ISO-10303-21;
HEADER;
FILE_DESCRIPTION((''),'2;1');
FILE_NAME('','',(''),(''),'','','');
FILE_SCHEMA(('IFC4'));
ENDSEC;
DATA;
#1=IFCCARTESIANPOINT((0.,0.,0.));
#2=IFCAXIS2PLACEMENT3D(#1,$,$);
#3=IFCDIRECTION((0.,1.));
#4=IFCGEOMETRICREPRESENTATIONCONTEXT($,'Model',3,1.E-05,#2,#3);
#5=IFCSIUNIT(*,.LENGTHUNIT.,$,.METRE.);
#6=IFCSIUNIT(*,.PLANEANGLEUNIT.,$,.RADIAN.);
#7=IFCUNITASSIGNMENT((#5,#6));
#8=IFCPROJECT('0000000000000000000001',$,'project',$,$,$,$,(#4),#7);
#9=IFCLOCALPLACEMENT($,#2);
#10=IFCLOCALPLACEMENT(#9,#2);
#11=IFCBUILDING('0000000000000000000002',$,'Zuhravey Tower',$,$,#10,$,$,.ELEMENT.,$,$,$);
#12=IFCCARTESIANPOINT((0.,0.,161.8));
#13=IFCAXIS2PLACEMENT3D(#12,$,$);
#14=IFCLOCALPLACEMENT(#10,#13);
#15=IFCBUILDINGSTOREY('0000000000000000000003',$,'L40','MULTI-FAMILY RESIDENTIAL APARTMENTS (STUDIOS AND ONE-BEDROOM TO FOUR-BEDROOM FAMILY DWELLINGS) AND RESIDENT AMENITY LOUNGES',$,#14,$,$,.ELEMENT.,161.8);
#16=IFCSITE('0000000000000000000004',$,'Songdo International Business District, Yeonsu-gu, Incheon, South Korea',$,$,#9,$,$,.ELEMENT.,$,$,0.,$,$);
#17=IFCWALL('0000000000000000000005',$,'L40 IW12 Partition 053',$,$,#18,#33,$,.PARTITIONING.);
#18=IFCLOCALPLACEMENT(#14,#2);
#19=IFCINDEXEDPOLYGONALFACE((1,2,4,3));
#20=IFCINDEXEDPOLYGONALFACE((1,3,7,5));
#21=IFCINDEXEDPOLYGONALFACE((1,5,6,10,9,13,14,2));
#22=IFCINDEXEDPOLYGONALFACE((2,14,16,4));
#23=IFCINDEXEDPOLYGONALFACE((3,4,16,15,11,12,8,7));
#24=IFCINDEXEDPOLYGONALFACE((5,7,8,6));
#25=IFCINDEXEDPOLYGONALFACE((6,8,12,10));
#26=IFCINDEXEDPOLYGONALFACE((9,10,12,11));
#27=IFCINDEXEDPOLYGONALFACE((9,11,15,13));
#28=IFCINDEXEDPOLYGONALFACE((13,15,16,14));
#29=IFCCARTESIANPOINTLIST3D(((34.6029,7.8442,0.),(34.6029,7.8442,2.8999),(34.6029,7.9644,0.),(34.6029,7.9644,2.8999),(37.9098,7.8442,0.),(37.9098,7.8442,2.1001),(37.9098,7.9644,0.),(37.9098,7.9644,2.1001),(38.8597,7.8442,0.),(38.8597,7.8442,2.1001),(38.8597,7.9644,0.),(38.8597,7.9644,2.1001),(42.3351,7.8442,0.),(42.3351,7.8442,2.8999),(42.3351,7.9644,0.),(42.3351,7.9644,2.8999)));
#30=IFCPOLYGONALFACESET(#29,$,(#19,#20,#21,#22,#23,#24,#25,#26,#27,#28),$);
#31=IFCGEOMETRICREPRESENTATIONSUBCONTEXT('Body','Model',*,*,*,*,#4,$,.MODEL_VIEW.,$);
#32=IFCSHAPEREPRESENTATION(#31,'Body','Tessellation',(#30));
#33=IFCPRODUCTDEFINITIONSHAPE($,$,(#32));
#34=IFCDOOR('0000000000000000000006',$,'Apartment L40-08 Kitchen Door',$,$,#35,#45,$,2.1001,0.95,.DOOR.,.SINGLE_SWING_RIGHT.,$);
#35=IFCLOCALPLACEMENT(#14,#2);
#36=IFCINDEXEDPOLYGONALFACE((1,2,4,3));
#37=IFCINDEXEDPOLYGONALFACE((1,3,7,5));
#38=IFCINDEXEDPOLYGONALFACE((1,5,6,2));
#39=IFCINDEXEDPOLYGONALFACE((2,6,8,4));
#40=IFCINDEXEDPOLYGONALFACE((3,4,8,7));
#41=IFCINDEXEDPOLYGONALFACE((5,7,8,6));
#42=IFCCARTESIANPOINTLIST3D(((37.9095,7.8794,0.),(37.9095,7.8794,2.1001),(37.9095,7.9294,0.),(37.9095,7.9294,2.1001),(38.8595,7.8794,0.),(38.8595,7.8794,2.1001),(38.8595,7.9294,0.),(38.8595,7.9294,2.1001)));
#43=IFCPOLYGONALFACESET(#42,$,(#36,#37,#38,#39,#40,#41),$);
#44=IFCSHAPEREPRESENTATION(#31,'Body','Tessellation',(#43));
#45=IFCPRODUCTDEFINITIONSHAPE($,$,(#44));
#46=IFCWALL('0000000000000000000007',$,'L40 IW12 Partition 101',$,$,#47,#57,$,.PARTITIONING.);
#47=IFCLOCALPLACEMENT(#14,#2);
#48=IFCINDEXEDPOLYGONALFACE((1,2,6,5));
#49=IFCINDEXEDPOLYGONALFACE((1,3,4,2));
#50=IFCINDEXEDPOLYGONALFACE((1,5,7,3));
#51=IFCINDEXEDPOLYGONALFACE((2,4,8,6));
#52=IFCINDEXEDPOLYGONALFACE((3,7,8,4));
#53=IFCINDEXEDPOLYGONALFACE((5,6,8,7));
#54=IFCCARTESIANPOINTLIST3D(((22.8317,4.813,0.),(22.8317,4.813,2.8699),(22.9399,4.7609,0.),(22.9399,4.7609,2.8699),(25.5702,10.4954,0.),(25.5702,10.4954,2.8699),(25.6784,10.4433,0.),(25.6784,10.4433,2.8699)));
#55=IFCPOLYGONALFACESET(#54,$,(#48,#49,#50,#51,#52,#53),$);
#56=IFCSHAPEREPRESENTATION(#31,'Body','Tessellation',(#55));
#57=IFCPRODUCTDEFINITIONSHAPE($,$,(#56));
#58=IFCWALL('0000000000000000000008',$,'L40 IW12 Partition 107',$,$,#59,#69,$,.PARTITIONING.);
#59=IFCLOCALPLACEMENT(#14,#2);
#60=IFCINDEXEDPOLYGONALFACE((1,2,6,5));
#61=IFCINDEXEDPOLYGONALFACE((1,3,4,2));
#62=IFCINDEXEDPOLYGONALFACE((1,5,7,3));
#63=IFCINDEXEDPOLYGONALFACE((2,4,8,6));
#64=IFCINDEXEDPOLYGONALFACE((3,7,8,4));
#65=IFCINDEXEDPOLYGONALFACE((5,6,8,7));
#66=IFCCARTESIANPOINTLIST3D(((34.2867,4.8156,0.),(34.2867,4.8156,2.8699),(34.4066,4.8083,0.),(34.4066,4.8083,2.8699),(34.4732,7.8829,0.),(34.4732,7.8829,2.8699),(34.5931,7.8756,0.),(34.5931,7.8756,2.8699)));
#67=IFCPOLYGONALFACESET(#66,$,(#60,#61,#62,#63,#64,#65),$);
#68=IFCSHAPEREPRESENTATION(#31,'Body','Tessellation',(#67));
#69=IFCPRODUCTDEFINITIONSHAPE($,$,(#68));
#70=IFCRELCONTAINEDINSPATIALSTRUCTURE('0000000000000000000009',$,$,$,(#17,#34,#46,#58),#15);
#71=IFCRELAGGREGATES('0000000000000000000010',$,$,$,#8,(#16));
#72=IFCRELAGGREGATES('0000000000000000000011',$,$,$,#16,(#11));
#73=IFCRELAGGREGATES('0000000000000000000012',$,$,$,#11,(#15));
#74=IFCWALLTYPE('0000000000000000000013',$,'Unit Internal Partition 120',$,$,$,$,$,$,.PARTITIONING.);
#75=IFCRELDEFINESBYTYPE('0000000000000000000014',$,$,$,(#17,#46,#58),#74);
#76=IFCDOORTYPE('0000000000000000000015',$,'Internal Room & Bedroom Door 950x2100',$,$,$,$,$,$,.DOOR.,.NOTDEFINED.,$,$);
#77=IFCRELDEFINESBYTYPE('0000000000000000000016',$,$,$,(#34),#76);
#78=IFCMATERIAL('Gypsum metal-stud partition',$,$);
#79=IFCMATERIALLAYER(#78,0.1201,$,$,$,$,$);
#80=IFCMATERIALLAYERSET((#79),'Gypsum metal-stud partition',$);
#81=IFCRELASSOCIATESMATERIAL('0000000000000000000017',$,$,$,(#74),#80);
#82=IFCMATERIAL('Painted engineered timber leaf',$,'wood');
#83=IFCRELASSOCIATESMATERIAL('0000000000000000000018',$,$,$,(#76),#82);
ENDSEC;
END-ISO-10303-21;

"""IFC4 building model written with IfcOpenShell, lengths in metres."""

from ifc_helpers import new_model, si_unit, direction, frame, frame_2d, origin, place, context, subcontext, project, spatial, rectangle, extrude, material, layer, layer_set, type_object, element, fill, save


model = new_model("IFC4")

# Units and contexts
model_context = context("Model", 3, precision=1e-05, world=origin(), true_north=direction((0.0, 1.0)))
body_context = subcontext(model_context, "Body", "Model", "MODEL_VIEW")
ifc_project = project(units=[si_unit("LENGTHUNIT", "METRE"), si_unit("PLANEANGLEUNIT", "RADIAN")], contexts=[model_context])

# Site, building, storey
site_placement = place(None, origin())
site = spatial("IfcSite", under=ifc_project, at=site_placement, Name="Songdo International Business District, Yeonsu-gu, Incheon, South Korea", CompositionType="ELEMENT", RefElevation=0.0)
building_placement = place(site_placement, origin())
building = spatial("IfcBuilding", under=site, at=building_placement, Name="Zuhravey Tower", CompositionType="ELEMENT")
storey_placement = place(building_placement, frame((0.0, 0.0, 161.8)))
storey = spatial("IfcBuildingStorey", under=building, at=storey_placement, Name="L40", Description="MULTI-FAMILY RESIDENTIAL APARTMENTS (STUDIOS AND ONE-BEDROOM TO FOUR-BEDROOM FAMILY DWELLINGS) AND RESIDENT AMENITY LOUNGES", CompositionType="ELEMENT", Elevation=161.8)

# Shared definitions
ifc_material_1 = material(Name="Gypsum metal-stud partition")
ifc_layer_1 = layer(ifc_material_1, 0.1201)
ifc_layer_set_1 = layer_set([ifc_layer_1], Name="Gypsum metal-stud partition")
wall_type_1 = type_object("IfcWallType", Name="Unit Internal Partition 120", PredefinedType="PARTITIONING", material=ifc_layer_set_1)
ifc_material_2 = material(Name="Painted engineered timber leaf", Category="wood")
door_type_1 = type_object("IfcDoorType", Name="Internal Room & Bedroom Door 950x2100", OperationType="NOTDEFINED", PredefinedType="DOOR", material=ifc_material_2)

# Wall, opening, door
wall_1_placement = place(storey_placement, frame((34.6028, 7.9043, 0.0), z_axis=(0.0, 0.0, 1.0), x_axis=(1.0, 0.0, 0.0)))
wall_1 = element("IfcWall", 1, at=wall_1_placement, inside=storey, type_object=wall_type_1, Name="L40 IW12 Partition 053", PredefinedType="PARTITIONING", context=body_context, shape_type="SweptSolid", body=[
    extrude(rectangle(XDim=7.7322, YDim=0.1201, at=frame_2d((3.8662, 0.0))), origin(), (0.0, 0.0, 1.0), 2.8999),
])
opening_1_placement = place(wall_1_placement, frame((3.3069, 0.0, 0.0)))
opening_1 = element("IfcOpeningElement", 2, at=opening_1_placement, cuts=wall_1, PredefinedType="OPENING", context=body_context, shape_type="SweptSolid", body=[
    extrude(rectangle(XDim=0.95, YDim=2.1001, at=frame_2d((0.4751, 1.05))), frame((0.0, 0.072, 0.0), z_axis=(0.0, -1.0, 0.0), x_axis=(1.0, 0.0, 0.0)), (0.0, 0.0, 1.0), 0.144),
])
door_1_placement = place(opening_1_placement, frame((0.95, 0.0, 0.0), z_axis=(0.0, 0.0, 1.0), x_axis=(-1.0, 0.0, 0.0)))
door_1 = element("IfcDoor", 3, at=door_1_placement, inside=storey, type_object=door_type_1, Name="Apartment L40-08 Kitchen Door", OperationType="SINGLE_SWING_RIGHT", OverallHeight=2.1001, OverallWidth=0.95, PredefinedType="DOOR", context=body_context, shape_type="SweptSolid", body=[
    extrude(rectangle(XDim=0.95, YDim=2.1001, at=frame_2d((0.4751, 1.05))), frame((0.0, 0.0249, 0.0), z_axis=(0.0, -1.0, 0.0), x_axis=(1.0, 0.0, 0.0)), (0.0, 0.0, 1.0), 0.05),
])
fill(opening_1, door_1)

# Walls
wall_2_placement = place(storey_placement, frame((25.6243, 10.4692, 0.0), z_axis=(0.0, 0.0, 1.0), x_axis=(-0.434146, -0.900842, 0.0)))
element("IfcWall", 4, at=wall_2_placement, inside=storey, type_object=wall_type_1, Name="L40 IW12 Partition 101", PredefinedType="PARTITIONING", context=body_context, shape_type="SweptSolid", body=[
    extrude(rectangle(XDim=6.3079, YDim=0.1201, at=frame_2d((3.1538, 0.0))), origin(), (0.0, 0.0, 1.0), 2.8699),
])
wall_3_placement = place(storey_placement, frame((34.5332, 7.8794, 0.0), z_axis=(0.0, 0.0, 1.0), x_axis=(-0.060697, -0.998156, 0.0)))
element("IfcWall", 5, at=wall_3_placement, inside=storey, type_object=wall_type_1, Name="L40 IW12 Partition 107", PredefinedType="PARTITIONING", context=body_context, shape_type="SweptSolid", body=[
    extrude(rectangle(XDim=3.073, YDim=0.1201, at=frame_2d((1.5366, 0.0))), origin(), (0.0, 0.0, 1.0), 2.8699),
])

save(model, "model.ifc")
